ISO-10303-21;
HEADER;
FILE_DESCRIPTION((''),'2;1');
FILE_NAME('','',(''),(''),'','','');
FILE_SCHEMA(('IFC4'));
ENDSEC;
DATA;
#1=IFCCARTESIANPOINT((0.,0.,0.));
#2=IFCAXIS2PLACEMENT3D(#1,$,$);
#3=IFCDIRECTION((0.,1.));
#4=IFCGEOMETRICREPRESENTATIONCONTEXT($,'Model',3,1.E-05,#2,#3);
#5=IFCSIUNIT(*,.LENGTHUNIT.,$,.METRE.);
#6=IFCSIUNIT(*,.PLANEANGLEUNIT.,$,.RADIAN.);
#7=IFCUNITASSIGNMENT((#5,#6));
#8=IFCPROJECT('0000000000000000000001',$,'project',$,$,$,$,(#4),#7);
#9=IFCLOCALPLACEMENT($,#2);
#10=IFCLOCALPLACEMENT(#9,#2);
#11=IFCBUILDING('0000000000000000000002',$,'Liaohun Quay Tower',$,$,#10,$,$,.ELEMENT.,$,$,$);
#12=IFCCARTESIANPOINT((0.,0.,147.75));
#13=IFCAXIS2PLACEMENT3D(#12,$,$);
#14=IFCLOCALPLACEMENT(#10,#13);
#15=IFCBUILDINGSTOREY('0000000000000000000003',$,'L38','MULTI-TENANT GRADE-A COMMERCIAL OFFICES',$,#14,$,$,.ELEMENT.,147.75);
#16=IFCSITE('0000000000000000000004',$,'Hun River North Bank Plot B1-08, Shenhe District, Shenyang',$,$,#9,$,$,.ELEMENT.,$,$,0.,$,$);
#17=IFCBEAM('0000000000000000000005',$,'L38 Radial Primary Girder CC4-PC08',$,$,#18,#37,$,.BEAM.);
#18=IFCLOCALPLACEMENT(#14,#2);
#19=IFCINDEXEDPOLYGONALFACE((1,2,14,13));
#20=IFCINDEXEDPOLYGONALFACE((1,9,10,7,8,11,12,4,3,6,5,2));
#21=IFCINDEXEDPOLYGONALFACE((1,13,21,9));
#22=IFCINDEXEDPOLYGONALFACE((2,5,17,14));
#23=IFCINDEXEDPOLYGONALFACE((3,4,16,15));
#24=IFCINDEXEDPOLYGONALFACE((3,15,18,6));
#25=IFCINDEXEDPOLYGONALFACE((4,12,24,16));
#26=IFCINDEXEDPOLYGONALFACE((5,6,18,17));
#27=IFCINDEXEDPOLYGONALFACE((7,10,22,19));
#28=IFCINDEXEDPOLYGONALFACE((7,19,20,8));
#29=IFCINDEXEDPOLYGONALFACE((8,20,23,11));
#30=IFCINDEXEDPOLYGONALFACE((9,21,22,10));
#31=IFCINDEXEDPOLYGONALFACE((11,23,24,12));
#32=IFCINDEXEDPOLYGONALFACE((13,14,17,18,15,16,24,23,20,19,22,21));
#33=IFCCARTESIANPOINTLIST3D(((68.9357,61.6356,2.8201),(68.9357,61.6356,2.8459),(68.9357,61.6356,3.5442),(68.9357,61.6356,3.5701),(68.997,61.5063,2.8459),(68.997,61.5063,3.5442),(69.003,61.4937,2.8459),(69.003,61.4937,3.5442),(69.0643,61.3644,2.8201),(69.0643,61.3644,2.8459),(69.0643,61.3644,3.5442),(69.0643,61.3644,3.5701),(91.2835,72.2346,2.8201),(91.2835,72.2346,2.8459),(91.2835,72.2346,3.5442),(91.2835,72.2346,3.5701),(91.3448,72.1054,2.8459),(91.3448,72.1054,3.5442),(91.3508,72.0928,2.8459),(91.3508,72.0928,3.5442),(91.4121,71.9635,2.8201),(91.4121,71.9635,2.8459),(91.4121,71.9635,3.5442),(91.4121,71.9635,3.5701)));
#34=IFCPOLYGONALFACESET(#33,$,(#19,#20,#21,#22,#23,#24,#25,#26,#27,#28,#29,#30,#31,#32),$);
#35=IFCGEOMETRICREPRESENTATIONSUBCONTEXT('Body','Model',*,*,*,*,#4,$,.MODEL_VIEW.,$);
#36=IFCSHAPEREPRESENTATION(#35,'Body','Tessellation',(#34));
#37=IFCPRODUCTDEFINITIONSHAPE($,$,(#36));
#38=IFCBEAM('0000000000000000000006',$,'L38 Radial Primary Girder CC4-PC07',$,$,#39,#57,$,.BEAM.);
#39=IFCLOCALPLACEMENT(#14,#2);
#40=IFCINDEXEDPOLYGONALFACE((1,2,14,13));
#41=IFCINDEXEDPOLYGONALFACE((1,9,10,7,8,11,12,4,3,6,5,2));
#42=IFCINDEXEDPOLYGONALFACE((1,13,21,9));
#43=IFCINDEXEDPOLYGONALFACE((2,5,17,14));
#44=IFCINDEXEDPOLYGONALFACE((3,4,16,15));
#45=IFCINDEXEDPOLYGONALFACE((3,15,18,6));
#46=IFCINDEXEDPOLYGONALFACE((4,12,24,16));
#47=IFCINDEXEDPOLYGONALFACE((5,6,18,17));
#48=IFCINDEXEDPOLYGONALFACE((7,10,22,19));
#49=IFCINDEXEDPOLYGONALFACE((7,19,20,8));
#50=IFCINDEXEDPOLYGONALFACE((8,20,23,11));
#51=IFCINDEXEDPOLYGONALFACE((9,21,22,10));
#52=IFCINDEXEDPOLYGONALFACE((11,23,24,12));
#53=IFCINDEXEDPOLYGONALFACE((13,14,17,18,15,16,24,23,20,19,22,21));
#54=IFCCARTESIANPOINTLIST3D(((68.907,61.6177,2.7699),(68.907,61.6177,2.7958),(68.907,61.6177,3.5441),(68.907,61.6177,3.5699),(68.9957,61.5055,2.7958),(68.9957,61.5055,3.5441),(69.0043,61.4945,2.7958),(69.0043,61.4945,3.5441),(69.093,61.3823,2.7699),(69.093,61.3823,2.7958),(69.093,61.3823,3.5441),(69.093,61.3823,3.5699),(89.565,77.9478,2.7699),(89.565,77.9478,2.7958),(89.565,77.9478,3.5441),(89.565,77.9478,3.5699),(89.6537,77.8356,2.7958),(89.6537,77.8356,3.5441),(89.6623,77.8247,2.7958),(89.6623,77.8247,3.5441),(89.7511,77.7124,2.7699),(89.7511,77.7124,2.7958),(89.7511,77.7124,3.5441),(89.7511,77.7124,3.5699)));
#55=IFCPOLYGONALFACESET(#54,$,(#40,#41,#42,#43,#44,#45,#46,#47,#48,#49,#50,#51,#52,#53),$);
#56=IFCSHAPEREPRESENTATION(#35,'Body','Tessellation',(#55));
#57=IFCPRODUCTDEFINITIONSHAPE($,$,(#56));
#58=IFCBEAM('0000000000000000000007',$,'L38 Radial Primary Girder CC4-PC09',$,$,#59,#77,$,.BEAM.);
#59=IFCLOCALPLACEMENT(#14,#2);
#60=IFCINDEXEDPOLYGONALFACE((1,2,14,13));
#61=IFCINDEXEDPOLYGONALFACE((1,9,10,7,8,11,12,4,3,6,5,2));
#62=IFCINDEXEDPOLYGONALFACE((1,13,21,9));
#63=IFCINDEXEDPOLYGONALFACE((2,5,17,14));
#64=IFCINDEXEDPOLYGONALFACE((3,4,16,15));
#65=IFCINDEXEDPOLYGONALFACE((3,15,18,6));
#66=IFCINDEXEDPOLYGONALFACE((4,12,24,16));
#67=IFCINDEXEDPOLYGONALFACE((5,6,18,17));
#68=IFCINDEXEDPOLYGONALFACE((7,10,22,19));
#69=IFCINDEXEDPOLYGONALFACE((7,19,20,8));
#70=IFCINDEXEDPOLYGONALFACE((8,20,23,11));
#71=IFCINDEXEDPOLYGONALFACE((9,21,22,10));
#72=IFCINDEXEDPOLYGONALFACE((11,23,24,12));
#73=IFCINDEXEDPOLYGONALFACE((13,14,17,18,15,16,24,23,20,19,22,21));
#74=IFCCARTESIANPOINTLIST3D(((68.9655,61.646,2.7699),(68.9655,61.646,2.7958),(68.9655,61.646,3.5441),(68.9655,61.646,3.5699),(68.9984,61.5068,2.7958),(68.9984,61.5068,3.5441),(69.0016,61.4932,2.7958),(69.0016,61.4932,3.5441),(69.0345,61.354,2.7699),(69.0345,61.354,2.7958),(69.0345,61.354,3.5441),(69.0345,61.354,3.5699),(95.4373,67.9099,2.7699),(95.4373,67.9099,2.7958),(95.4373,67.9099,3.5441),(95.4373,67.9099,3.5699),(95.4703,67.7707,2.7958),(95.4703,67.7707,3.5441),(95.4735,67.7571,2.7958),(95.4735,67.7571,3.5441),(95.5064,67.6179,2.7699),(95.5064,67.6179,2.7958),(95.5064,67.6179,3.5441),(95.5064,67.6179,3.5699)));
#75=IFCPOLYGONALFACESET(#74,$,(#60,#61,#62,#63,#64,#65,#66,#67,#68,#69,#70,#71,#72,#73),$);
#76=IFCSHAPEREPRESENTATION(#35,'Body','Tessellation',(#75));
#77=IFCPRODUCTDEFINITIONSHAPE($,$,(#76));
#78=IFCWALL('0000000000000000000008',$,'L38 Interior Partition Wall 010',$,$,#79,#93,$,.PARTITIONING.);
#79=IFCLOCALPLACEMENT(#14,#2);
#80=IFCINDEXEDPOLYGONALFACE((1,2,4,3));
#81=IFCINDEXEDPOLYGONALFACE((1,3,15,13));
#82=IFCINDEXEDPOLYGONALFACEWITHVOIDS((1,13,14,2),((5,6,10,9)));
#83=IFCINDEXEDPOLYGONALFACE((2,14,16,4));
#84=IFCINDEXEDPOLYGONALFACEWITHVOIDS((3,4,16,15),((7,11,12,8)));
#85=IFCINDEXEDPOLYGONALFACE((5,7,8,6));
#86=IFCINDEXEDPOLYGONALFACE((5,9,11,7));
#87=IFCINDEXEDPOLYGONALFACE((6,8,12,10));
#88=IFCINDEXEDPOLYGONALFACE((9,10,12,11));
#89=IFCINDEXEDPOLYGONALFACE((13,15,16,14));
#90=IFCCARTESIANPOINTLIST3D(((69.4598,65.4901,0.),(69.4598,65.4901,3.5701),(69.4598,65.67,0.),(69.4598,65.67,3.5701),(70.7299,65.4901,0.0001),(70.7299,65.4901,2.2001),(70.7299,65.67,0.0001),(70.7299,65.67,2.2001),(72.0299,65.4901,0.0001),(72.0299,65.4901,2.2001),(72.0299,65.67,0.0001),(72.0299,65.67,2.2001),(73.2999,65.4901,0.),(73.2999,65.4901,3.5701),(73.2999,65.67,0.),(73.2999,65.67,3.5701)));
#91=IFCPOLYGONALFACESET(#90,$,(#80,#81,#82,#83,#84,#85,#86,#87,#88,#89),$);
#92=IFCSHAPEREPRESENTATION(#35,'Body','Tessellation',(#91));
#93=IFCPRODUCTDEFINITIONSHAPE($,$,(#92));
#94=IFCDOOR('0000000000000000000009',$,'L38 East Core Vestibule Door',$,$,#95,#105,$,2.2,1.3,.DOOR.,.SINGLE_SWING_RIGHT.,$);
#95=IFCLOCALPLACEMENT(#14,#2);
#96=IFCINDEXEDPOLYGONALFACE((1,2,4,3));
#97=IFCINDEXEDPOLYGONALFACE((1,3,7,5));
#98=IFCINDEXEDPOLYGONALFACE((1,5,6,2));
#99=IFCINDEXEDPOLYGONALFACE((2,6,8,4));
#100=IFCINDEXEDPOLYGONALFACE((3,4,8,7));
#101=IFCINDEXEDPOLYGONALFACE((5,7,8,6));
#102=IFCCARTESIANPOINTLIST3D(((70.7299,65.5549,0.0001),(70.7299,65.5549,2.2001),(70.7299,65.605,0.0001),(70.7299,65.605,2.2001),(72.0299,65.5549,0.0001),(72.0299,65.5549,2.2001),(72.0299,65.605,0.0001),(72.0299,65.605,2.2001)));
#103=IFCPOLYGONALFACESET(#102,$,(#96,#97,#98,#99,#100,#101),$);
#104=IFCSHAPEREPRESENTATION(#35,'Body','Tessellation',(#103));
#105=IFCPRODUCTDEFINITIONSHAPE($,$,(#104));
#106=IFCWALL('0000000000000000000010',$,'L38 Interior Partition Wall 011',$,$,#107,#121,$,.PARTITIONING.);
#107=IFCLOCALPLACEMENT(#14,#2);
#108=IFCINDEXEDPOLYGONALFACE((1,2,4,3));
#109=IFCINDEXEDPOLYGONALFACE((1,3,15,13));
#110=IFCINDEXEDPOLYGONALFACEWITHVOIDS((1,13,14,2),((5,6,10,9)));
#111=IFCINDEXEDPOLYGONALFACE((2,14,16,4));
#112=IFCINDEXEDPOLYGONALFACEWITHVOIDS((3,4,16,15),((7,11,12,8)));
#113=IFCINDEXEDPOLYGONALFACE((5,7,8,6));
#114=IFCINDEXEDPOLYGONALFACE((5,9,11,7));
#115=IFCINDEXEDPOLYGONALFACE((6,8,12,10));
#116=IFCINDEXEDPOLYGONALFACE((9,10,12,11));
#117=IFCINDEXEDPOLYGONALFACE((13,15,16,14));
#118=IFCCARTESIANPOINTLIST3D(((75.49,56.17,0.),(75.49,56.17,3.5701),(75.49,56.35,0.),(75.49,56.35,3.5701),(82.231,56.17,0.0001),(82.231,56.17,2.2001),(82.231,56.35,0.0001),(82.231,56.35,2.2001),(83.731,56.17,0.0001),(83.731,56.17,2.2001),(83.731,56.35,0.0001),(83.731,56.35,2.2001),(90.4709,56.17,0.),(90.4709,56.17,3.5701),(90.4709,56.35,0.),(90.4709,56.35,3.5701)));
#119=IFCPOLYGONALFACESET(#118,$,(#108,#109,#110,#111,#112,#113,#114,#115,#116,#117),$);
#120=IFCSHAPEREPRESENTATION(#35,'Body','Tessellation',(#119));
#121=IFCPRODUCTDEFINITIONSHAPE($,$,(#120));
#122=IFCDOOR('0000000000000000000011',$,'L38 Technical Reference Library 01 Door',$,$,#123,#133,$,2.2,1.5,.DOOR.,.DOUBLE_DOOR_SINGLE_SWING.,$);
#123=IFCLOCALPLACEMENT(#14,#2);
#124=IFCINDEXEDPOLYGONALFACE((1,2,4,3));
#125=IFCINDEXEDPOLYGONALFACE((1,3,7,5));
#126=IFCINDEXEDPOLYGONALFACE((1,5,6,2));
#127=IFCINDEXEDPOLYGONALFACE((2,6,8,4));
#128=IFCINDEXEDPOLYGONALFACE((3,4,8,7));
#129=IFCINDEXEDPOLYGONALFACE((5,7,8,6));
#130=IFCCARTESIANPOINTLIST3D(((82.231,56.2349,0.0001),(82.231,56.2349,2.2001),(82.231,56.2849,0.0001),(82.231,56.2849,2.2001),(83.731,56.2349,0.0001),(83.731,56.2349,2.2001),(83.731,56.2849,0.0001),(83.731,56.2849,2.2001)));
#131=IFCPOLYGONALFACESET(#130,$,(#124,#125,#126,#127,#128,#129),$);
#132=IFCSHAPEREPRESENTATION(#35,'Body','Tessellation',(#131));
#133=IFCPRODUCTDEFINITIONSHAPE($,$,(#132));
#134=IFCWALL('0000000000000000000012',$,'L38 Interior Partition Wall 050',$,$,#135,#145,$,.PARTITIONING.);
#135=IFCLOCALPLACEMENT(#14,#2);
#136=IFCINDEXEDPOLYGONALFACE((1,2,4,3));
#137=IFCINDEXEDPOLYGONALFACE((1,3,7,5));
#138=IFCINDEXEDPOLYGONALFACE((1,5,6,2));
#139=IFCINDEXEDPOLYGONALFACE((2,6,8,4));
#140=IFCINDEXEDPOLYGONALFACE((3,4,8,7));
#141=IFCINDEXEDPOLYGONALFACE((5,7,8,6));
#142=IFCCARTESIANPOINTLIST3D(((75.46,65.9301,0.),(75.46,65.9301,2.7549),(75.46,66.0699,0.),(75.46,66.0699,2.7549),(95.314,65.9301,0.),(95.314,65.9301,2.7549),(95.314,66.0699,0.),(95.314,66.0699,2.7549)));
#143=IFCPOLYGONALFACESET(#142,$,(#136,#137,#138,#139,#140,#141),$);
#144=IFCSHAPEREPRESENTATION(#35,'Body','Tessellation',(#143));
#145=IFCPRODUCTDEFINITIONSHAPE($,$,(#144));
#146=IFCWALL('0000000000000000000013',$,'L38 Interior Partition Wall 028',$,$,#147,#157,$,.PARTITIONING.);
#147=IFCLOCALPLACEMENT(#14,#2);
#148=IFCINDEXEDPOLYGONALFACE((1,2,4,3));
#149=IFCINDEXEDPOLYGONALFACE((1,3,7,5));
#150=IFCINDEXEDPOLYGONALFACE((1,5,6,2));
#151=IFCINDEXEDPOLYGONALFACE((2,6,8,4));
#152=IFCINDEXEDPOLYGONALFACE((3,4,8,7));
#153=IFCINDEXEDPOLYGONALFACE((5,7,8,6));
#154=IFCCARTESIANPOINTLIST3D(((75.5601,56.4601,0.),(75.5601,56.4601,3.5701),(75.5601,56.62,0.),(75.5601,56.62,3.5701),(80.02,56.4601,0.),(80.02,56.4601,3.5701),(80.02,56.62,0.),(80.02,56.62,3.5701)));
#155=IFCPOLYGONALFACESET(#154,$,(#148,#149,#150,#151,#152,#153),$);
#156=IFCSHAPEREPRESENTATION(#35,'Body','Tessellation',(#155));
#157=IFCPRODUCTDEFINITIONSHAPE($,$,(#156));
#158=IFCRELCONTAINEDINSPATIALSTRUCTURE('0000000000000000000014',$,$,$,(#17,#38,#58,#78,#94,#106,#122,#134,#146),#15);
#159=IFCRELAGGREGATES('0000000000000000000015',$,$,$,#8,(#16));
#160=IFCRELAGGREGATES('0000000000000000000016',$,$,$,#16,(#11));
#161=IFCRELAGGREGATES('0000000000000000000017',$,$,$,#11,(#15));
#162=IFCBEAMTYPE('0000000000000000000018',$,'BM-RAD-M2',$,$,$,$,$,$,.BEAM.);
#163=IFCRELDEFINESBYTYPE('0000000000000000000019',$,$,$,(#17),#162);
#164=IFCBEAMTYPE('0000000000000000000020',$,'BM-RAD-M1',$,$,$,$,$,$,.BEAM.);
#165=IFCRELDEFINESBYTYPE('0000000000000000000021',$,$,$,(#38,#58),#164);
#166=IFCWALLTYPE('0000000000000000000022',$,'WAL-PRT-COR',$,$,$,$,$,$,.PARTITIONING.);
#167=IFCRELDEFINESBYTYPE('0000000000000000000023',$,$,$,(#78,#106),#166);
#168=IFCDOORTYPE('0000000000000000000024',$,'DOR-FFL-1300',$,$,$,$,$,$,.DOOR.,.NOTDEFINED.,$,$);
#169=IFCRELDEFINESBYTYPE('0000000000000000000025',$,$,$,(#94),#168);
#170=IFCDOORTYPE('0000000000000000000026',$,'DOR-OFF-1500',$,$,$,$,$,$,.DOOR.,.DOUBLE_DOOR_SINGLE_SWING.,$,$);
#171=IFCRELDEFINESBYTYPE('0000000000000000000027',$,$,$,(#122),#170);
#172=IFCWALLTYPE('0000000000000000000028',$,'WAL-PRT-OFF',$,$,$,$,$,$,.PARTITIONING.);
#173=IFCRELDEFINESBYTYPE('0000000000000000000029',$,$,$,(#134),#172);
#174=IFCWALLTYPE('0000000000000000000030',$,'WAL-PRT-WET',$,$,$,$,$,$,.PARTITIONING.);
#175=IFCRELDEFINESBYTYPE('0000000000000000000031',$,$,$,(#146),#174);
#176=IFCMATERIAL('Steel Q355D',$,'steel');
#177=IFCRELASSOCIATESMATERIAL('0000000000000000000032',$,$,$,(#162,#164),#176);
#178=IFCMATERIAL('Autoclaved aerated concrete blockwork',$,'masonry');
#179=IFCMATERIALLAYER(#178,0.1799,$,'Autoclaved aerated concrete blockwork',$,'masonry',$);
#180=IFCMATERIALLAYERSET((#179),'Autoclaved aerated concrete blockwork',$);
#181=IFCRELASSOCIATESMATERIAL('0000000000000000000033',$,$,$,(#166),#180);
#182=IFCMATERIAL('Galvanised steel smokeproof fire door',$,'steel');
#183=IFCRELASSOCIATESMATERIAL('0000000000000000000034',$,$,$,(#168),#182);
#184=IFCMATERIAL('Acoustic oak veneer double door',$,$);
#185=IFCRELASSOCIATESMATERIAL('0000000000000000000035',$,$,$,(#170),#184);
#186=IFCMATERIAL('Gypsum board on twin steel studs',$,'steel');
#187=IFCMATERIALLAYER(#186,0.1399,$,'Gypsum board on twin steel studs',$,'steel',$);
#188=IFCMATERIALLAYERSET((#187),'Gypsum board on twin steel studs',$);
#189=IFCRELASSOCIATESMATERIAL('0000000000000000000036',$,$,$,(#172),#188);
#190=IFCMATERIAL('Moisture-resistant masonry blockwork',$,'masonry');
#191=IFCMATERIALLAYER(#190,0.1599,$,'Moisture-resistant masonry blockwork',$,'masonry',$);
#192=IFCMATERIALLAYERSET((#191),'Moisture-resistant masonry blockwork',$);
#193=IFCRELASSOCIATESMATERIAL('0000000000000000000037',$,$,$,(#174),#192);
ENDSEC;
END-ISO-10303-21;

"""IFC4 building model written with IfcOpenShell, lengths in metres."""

from ifc_helpers import new_model, si_unit, direction, frame, frame_2d, origin, origin_2d, place, context, subcontext, project, spatial, rectangle, i_section, extrude, source, transform, mapped, material, layer, layer_set, material_profile, profile_set, type_object, element, fill, save


model = new_model("IFC4")

# Units and contexts
model_context = context("Model", 3, precision=1e-05, world=origin(), true_north=direction((0.0, 1.0)))
body_context = subcontext(model_context, "Body", "Model", "MODEL_VIEW")
ifc_project = project(units=[si_unit("LENGTHUNIT", "METRE"), si_unit("PLANEANGLEUNIT", "RADIAN")], contexts=[model_context])

# Site, building, storey
site_placement = place(None, origin())
site = spatial("IfcSite", under=ifc_project, at=site_placement, Name="Hun River North Bank Plot B1-08, Shenhe District, Shenyang", CompositionType="ELEMENT", RefElevation=0.0)
building_placement = place(site_placement, origin())
building = spatial("IfcBuilding", under=site, at=building_placement, Name="Liaohun Quay Tower", CompositionType="ELEMENT")
storey_placement = place(building_placement, frame((0.0, 0.0, 147.75)))
storey = spatial("IfcBuildingStorey", under=building, at=storey_placement, Name="L38", Description="MULTI-TENANT GRADE-A COMMERCIAL OFFICES", CompositionType="ELEMENT", Elevation=147.75)

# Beams
ifc_material_1 = material(Name="Steel Q355D", Category="steel")
ifc_material_profile_1 = material_profile(ifc_material_1, i_section(OverallWidth=0.3, OverallDepth=0.75, WebThickness=0.0139, FlangeThickness=0.0259, at=origin_2d()), Name="HN750x300x14x26")
ifc_profile_set_1 = profile_set([ifc_material_profile_1], Name="Steel Q355D")
beam_type_1 = type_object("IfcBeamType", Name="BM-RAD-M2", PredefinedType="BEAM", material=ifc_profile_set_1)
shared_shape_1 = source(origin(), body_context, "Body", "SweptSolid", [
    extrude(i_section(OverallWidth=0.3, OverallDepth=0.75, WebThickness=0.0139, FlangeThickness=0.0259, at=origin_2d()), origin(), (0.0, 0.0, 1.0), 24.7339),
])
beam_1_placement = place(storey_placement, frame((69.0, 61.5, 3.1951), z_axis=(0.90353, 0.428525, 0.0), x_axis=(-0.428525, 0.90353, 0.0)))
element("IfcBeam", 1, at=beam_1_placement, inside=storey, type_object=beam_type_1, Name="L38 Radial Primary Girder CC4-PC08", PredefinedType="BEAM", context=body_context, shape_type="MappedRepresentation", body=[
    mapped(shared_shape_1, transform((0.0, 0.0, 0.0), x_axis=(1.0, 0.0, 0.0), y_axis=(0.0, 1.0, 0.0), z_axis=(0.0, 0.0, 1.0), scale=1.0)),
])
ifc_material_profile_2 = material_profile(ifc_material_1, i_section(OverallWidth=0.3, OverallDepth=0.8, WebThickness=0.0139, FlangeThickness=0.0259, at=origin_2d()), Name="HN800x300x14x26")
ifc_profile_set_2 = profile_set([ifc_material_profile_2], Name="Steel Q355D")
beam_type_2 = type_object("IfcBeamType", Name="BM-RAD-M1", PredefinedType="BEAM", material=ifc_profile_set_2)
shared_shape_2 = source(origin(), body_context, "Body", "SweptSolid", [
    extrude(i_section(OverallWidth=0.3, OverallDepth=0.8, WebThickness=0.0139, FlangeThickness=0.0259, at=origin_2d()), origin(), (0.0, 0.0, 1.0), 26.333),
])
beam_2_placement = place(storey_placement, frame((69.0, 61.5, 3.1699), z_axis=(0.784492, 0.620139, 0.0), x_axis=(-0.620139, 0.784492, 0.0)))
element("IfcBeam", 2, at=beam_2_placement, inside=storey, type_object=beam_type_2, Name="L38 Radial Primary Girder CC4-PC07", PredefinedType="BEAM", context=body_context, shape_type="MappedRepresentation", body=[
    mapped(shared_shape_2, transform((0.0, 0.0, 0.0), x_axis=(1.0, 0.0, 0.0), y_axis=(0.0, 1.0, 0.0), z_axis=(0.0, 0.0, 1.0), scale=1.0)),
])
shared_shape_3 = source(origin(), body_context, "Body", "SweptSolid", [
    extrude(i_section(OverallWidth=0.3, OverallDepth=0.8, WebThickness=0.0139, FlangeThickness=0.0259, at=origin_2d()), origin(), (0.0, 0.0, 1.0), 27.2029),
])
beam_3_placement = place(storey_placement, frame((69.0, 61.5, 3.1699), z_axis=(0.973128, 0.230266, 0.0), x_axis=(-0.230266, 0.973128, 0.0)))
element("IfcBeam", 3, at=beam_3_placement, inside=storey, type_object=beam_type_2, Name="L38 Radial Primary Girder CC4-PC09", PredefinedType="BEAM", context=body_context, shape_type="MappedRepresentation", body=[
    mapped(shared_shape_3, transform((0.0, 0.0, 0.0), x_axis=(1.0, 0.0, 0.0), y_axis=(0.0, 1.0, 0.0), z_axis=(0.0, 0.0, 1.0), scale=1.0)),
])

# Walls, openings, doors
ifc_material_2 = material(Name="Autoclaved aerated concrete blockwork", Category="masonry")
ifc_layer_1 = layer(ifc_material_2, 0.1799, Name="Autoclaved aerated concrete blockwork", Category="masonry")
ifc_layer_set_1 = layer_set([ifc_layer_1], Name="Autoclaved aerated concrete blockwork")
wall_type_1 = type_object("IfcWallType", Name="WAL-PRT-COR", PredefinedType="PARTITIONING", material=ifc_layer_set_1)
wall_1_placement = place(storey_placement, frame((69.46, 65.5801, 0.0), z_axis=(0.0, 0.0, 1.0), x_axis=(1.0, 0.0, 0.0)))
wall_1 = element("IfcWall", 4, at=wall_1_placement, inside=storey, type_object=wall_type_1, Name="L38 Interior Partition Wall 010", PredefinedType="PARTITIONING", context=body_context, shape_type="SweptSolid", body=[
    extrude(rectangle(XDim=3.8401, YDim=0.1799, at=frame_2d((1.9199, 0.0))), origin(), (0.0, 0.0, 1.0), 3.5701),
])
shared_shape_4 = source(origin(), body_context, "Body", "SweptSolid", [
    extrude(rectangle(XDim=1.3, YDim=2.2, at=frame_2d((0.6499, 1.1001))), frame((0.0, 0.0999, 0.0), z_axis=(0.0, -1.0, 0.0), x_axis=(1.0, 0.0, 0.0)), (0.0, 0.0, 1.0), 0.2),
])
opening_1_placement = place(wall_1_placement, frame((1.27, 0.0, 0.0)))
opening_1 = element("IfcOpeningElement", 5, at=opening_1_placement, cuts=wall_1, PredefinedType="OPENING", context=body_context, shape_type="MappedRepresentation", body=[
    mapped(shared_shape_4, transform((0.0, 0.0, 0.0), x_axis=(1.0, 0.0, 0.0), y_axis=(0.0, 1.0, 0.0), z_axis=(0.0, 0.0, 1.0), scale=1.0)),
])
ifc_material_3 = material(Name="Galvanised steel smokeproof fire door", Category="steel")
door_type_1 = type_object("IfcDoorType", Name="DOR-FFL-1300", OperationType="NOTDEFINED", PredefinedType="DOOR", material=ifc_material_3)
shared_shape_5 = source(origin(), body_context, "Body", "SweptSolid", [
    extrude(rectangle(XDim=1.3, YDim=2.2, at=frame_2d((0.6499, 1.1001))), frame((0.0, 0.0249, 0.0), z_axis=(0.0, -1.0, 0.0), x_axis=(1.0, 0.0, 0.0)), (0.0, 0.0, 1.0), 0.05),
])
door_1_placement = place(opening_1_placement, origin())
door_1 = element("IfcDoor", 6, at=door_1_placement, inside=storey, type_object=door_type_1, Name="L38 East Core Vestibule Door", OperationType="SINGLE_SWING_RIGHT", OverallHeight=2.2, OverallWidth=1.3, PredefinedType="DOOR", context=body_context, shape_type="MappedRepresentation", body=[
    mapped(shared_shape_5, transform((0.0, 0.0, 0.0), x_axis=(1.0, 0.0, 0.0), y_axis=(0.0, 1.0, 0.0), z_axis=(0.0, 0.0, 1.0), scale=1.0)),
])
fill(opening_1, door_1)
wall_2_placement = place(storey_placement, frame((75.49, 56.26, 0.0), z_axis=(0.0, 0.0, 1.0), x_axis=(1.0, 0.0, 0.0)))
wall_2 = element("IfcWall", 7, at=wall_2_placement, inside=storey, type_object=wall_type_1, Name="L38 Interior Partition Wall 011", PredefinedType="PARTITIONING", context=body_context, shape_type="SweptSolid", body=[
    extrude(rectangle(XDim=14.981, YDim=0.1799, at=frame_2d((7.4905, 0.0))), origin(), (0.0, 0.0, 1.0), 3.5701),
])
shared_shape_6 = source(origin(), body_context, "Body", "SweptSolid", [
    extrude(rectangle(XDim=1.5, YDim=2.2, at=frame_2d((0.75, 1.1001))), frame((0.0, 0.0999, 0.0), z_axis=(0.0, -1.0, 0.0), x_axis=(1.0, 0.0, 0.0)), (0.0, 0.0, 1.0), 0.2),
])
opening_2_placement = place(wall_2_placement, frame((6.741, 0.0, 0.0)))
opening_2 = element("IfcOpeningElement", 8, at=opening_2_placement, cuts=wall_2, PredefinedType="OPENING", context=body_context, shape_type="MappedRepresentation", body=[
    mapped(shared_shape_6, transform((0.0, 0.0, 0.0), x_axis=(1.0, 0.0, 0.0), y_axis=(0.0, 1.0, 0.0), z_axis=(0.0, 0.0, 1.0), scale=1.0)),
])
ifc_material_4 = material(Name="Acoustic oak veneer double door")
door_type_2 = type_object("IfcDoorType", Name="DOR-OFF-1500", OperationType="DOUBLE_DOOR_SINGLE_SWING", PredefinedType="DOOR", material=ifc_material_4)
shared_shape_7 = source(origin(), body_context, "Body", "SweptSolid", [
    extrude(rectangle(XDim=1.5, YDim=2.2, at=frame_2d((0.75, 1.1001))), frame((0.0, 0.0249, 0.0), z_axis=(0.0, -1.0, 0.0), x_axis=(1.0, 0.0, 0.0)), (0.0, 0.0, 1.0), 0.05),
])
door_2_placement = place(opening_2_placement, origin())
door_2 = element("IfcDoor", 9, at=door_2_placement, inside=storey, type_object=door_type_2, Name="L38 Technical Reference Library 01 Door", OperationType="DOUBLE_DOOR_SINGLE_SWING", OverallHeight=2.2, OverallWidth=1.5, PredefinedType="DOOR", context=body_context, shape_type="MappedRepresentation", body=[
    mapped(shared_shape_7, transform((0.0, 0.0, 0.0), x_axis=(1.0, 0.0, 0.0), y_axis=(0.0, 1.0, 0.0), z_axis=(0.0, 0.0, 1.0), scale=1.0)),
])
fill(opening_2, door_2)

# Wall
ifc_material_5 = material(Name="Gypsum board on twin steel studs", Category="steel")
ifc_layer_2 = layer(ifc_material_5, 0.1399, Name="Gypsum board on twin steel studs", Category="steel")
ifc_layer_set_2 = layer_set([ifc_layer_2], Name="Gypsum board on twin steel studs")
wall_type_2 = type_object("IfcWallType", Name="WAL-PRT-OFF", PredefinedType="PARTITIONING", material=ifc_layer_set_2)
wall_3_placement = place(storey_placement, frame((75.46, 66.0, 0.0), z_axis=(0.0, 0.0, 1.0), x_axis=(1.0, 0.0, 0.0)))
element("IfcWall", 10, at=wall_3_placement, inside=storey, type_object=wall_type_2, Name="L38 Interior Partition Wall 050", PredefinedType="PARTITIONING", context=body_context, shape_type="SweptSolid", body=[
    extrude(rectangle(XDim=19.854, YDim=0.1399, at=frame_2d((9.927, 0.0))), origin(), (0.0, 0.0, 1.0), 2.7549),
])

# Shared definitions
ifc_material_6 = material(Name="Moisture-resistant masonry blockwork", Category="masonry")
ifc_layer_3 = layer(ifc_material_6, 0.1599, Name="Moisture-resistant masonry blockwork", Category="masonry")
ifc_layer_set_3 = layer_set([ifc_layer_3], Name="Moisture-resistant masonry blockwork")
wall_type_3 = type_object("IfcWallType", Name="WAL-PRT-WET", PredefinedType="PARTITIONING", material=ifc_layer_set_3)

# Wall
for number, where, z_axis, x_axis, name in (
    (11, (75.5601, 56.54, 0.0), (0.0, 0.0, 1.0), (1.0, 0.0, 0.0), "L38 Interior Partition Wall 028"),
):
    element("IfcWall", number, at=place(storey_placement, frame(where, z_axis=z_axis, x_axis=x_axis)), inside=storey, type_object=wall_type_3, Name=name, PredefinedType="PARTITIONING", context=body_context, shape_type="SweptSolid", body=[
        extrude(rectangle(XDim=4.46, YDim=0.1599, at=frame_2d((2.23, 0.0))), origin(), (0.0, 0.0, 1.0), 3.5701),
    ])

save(model, "model.ifc")
